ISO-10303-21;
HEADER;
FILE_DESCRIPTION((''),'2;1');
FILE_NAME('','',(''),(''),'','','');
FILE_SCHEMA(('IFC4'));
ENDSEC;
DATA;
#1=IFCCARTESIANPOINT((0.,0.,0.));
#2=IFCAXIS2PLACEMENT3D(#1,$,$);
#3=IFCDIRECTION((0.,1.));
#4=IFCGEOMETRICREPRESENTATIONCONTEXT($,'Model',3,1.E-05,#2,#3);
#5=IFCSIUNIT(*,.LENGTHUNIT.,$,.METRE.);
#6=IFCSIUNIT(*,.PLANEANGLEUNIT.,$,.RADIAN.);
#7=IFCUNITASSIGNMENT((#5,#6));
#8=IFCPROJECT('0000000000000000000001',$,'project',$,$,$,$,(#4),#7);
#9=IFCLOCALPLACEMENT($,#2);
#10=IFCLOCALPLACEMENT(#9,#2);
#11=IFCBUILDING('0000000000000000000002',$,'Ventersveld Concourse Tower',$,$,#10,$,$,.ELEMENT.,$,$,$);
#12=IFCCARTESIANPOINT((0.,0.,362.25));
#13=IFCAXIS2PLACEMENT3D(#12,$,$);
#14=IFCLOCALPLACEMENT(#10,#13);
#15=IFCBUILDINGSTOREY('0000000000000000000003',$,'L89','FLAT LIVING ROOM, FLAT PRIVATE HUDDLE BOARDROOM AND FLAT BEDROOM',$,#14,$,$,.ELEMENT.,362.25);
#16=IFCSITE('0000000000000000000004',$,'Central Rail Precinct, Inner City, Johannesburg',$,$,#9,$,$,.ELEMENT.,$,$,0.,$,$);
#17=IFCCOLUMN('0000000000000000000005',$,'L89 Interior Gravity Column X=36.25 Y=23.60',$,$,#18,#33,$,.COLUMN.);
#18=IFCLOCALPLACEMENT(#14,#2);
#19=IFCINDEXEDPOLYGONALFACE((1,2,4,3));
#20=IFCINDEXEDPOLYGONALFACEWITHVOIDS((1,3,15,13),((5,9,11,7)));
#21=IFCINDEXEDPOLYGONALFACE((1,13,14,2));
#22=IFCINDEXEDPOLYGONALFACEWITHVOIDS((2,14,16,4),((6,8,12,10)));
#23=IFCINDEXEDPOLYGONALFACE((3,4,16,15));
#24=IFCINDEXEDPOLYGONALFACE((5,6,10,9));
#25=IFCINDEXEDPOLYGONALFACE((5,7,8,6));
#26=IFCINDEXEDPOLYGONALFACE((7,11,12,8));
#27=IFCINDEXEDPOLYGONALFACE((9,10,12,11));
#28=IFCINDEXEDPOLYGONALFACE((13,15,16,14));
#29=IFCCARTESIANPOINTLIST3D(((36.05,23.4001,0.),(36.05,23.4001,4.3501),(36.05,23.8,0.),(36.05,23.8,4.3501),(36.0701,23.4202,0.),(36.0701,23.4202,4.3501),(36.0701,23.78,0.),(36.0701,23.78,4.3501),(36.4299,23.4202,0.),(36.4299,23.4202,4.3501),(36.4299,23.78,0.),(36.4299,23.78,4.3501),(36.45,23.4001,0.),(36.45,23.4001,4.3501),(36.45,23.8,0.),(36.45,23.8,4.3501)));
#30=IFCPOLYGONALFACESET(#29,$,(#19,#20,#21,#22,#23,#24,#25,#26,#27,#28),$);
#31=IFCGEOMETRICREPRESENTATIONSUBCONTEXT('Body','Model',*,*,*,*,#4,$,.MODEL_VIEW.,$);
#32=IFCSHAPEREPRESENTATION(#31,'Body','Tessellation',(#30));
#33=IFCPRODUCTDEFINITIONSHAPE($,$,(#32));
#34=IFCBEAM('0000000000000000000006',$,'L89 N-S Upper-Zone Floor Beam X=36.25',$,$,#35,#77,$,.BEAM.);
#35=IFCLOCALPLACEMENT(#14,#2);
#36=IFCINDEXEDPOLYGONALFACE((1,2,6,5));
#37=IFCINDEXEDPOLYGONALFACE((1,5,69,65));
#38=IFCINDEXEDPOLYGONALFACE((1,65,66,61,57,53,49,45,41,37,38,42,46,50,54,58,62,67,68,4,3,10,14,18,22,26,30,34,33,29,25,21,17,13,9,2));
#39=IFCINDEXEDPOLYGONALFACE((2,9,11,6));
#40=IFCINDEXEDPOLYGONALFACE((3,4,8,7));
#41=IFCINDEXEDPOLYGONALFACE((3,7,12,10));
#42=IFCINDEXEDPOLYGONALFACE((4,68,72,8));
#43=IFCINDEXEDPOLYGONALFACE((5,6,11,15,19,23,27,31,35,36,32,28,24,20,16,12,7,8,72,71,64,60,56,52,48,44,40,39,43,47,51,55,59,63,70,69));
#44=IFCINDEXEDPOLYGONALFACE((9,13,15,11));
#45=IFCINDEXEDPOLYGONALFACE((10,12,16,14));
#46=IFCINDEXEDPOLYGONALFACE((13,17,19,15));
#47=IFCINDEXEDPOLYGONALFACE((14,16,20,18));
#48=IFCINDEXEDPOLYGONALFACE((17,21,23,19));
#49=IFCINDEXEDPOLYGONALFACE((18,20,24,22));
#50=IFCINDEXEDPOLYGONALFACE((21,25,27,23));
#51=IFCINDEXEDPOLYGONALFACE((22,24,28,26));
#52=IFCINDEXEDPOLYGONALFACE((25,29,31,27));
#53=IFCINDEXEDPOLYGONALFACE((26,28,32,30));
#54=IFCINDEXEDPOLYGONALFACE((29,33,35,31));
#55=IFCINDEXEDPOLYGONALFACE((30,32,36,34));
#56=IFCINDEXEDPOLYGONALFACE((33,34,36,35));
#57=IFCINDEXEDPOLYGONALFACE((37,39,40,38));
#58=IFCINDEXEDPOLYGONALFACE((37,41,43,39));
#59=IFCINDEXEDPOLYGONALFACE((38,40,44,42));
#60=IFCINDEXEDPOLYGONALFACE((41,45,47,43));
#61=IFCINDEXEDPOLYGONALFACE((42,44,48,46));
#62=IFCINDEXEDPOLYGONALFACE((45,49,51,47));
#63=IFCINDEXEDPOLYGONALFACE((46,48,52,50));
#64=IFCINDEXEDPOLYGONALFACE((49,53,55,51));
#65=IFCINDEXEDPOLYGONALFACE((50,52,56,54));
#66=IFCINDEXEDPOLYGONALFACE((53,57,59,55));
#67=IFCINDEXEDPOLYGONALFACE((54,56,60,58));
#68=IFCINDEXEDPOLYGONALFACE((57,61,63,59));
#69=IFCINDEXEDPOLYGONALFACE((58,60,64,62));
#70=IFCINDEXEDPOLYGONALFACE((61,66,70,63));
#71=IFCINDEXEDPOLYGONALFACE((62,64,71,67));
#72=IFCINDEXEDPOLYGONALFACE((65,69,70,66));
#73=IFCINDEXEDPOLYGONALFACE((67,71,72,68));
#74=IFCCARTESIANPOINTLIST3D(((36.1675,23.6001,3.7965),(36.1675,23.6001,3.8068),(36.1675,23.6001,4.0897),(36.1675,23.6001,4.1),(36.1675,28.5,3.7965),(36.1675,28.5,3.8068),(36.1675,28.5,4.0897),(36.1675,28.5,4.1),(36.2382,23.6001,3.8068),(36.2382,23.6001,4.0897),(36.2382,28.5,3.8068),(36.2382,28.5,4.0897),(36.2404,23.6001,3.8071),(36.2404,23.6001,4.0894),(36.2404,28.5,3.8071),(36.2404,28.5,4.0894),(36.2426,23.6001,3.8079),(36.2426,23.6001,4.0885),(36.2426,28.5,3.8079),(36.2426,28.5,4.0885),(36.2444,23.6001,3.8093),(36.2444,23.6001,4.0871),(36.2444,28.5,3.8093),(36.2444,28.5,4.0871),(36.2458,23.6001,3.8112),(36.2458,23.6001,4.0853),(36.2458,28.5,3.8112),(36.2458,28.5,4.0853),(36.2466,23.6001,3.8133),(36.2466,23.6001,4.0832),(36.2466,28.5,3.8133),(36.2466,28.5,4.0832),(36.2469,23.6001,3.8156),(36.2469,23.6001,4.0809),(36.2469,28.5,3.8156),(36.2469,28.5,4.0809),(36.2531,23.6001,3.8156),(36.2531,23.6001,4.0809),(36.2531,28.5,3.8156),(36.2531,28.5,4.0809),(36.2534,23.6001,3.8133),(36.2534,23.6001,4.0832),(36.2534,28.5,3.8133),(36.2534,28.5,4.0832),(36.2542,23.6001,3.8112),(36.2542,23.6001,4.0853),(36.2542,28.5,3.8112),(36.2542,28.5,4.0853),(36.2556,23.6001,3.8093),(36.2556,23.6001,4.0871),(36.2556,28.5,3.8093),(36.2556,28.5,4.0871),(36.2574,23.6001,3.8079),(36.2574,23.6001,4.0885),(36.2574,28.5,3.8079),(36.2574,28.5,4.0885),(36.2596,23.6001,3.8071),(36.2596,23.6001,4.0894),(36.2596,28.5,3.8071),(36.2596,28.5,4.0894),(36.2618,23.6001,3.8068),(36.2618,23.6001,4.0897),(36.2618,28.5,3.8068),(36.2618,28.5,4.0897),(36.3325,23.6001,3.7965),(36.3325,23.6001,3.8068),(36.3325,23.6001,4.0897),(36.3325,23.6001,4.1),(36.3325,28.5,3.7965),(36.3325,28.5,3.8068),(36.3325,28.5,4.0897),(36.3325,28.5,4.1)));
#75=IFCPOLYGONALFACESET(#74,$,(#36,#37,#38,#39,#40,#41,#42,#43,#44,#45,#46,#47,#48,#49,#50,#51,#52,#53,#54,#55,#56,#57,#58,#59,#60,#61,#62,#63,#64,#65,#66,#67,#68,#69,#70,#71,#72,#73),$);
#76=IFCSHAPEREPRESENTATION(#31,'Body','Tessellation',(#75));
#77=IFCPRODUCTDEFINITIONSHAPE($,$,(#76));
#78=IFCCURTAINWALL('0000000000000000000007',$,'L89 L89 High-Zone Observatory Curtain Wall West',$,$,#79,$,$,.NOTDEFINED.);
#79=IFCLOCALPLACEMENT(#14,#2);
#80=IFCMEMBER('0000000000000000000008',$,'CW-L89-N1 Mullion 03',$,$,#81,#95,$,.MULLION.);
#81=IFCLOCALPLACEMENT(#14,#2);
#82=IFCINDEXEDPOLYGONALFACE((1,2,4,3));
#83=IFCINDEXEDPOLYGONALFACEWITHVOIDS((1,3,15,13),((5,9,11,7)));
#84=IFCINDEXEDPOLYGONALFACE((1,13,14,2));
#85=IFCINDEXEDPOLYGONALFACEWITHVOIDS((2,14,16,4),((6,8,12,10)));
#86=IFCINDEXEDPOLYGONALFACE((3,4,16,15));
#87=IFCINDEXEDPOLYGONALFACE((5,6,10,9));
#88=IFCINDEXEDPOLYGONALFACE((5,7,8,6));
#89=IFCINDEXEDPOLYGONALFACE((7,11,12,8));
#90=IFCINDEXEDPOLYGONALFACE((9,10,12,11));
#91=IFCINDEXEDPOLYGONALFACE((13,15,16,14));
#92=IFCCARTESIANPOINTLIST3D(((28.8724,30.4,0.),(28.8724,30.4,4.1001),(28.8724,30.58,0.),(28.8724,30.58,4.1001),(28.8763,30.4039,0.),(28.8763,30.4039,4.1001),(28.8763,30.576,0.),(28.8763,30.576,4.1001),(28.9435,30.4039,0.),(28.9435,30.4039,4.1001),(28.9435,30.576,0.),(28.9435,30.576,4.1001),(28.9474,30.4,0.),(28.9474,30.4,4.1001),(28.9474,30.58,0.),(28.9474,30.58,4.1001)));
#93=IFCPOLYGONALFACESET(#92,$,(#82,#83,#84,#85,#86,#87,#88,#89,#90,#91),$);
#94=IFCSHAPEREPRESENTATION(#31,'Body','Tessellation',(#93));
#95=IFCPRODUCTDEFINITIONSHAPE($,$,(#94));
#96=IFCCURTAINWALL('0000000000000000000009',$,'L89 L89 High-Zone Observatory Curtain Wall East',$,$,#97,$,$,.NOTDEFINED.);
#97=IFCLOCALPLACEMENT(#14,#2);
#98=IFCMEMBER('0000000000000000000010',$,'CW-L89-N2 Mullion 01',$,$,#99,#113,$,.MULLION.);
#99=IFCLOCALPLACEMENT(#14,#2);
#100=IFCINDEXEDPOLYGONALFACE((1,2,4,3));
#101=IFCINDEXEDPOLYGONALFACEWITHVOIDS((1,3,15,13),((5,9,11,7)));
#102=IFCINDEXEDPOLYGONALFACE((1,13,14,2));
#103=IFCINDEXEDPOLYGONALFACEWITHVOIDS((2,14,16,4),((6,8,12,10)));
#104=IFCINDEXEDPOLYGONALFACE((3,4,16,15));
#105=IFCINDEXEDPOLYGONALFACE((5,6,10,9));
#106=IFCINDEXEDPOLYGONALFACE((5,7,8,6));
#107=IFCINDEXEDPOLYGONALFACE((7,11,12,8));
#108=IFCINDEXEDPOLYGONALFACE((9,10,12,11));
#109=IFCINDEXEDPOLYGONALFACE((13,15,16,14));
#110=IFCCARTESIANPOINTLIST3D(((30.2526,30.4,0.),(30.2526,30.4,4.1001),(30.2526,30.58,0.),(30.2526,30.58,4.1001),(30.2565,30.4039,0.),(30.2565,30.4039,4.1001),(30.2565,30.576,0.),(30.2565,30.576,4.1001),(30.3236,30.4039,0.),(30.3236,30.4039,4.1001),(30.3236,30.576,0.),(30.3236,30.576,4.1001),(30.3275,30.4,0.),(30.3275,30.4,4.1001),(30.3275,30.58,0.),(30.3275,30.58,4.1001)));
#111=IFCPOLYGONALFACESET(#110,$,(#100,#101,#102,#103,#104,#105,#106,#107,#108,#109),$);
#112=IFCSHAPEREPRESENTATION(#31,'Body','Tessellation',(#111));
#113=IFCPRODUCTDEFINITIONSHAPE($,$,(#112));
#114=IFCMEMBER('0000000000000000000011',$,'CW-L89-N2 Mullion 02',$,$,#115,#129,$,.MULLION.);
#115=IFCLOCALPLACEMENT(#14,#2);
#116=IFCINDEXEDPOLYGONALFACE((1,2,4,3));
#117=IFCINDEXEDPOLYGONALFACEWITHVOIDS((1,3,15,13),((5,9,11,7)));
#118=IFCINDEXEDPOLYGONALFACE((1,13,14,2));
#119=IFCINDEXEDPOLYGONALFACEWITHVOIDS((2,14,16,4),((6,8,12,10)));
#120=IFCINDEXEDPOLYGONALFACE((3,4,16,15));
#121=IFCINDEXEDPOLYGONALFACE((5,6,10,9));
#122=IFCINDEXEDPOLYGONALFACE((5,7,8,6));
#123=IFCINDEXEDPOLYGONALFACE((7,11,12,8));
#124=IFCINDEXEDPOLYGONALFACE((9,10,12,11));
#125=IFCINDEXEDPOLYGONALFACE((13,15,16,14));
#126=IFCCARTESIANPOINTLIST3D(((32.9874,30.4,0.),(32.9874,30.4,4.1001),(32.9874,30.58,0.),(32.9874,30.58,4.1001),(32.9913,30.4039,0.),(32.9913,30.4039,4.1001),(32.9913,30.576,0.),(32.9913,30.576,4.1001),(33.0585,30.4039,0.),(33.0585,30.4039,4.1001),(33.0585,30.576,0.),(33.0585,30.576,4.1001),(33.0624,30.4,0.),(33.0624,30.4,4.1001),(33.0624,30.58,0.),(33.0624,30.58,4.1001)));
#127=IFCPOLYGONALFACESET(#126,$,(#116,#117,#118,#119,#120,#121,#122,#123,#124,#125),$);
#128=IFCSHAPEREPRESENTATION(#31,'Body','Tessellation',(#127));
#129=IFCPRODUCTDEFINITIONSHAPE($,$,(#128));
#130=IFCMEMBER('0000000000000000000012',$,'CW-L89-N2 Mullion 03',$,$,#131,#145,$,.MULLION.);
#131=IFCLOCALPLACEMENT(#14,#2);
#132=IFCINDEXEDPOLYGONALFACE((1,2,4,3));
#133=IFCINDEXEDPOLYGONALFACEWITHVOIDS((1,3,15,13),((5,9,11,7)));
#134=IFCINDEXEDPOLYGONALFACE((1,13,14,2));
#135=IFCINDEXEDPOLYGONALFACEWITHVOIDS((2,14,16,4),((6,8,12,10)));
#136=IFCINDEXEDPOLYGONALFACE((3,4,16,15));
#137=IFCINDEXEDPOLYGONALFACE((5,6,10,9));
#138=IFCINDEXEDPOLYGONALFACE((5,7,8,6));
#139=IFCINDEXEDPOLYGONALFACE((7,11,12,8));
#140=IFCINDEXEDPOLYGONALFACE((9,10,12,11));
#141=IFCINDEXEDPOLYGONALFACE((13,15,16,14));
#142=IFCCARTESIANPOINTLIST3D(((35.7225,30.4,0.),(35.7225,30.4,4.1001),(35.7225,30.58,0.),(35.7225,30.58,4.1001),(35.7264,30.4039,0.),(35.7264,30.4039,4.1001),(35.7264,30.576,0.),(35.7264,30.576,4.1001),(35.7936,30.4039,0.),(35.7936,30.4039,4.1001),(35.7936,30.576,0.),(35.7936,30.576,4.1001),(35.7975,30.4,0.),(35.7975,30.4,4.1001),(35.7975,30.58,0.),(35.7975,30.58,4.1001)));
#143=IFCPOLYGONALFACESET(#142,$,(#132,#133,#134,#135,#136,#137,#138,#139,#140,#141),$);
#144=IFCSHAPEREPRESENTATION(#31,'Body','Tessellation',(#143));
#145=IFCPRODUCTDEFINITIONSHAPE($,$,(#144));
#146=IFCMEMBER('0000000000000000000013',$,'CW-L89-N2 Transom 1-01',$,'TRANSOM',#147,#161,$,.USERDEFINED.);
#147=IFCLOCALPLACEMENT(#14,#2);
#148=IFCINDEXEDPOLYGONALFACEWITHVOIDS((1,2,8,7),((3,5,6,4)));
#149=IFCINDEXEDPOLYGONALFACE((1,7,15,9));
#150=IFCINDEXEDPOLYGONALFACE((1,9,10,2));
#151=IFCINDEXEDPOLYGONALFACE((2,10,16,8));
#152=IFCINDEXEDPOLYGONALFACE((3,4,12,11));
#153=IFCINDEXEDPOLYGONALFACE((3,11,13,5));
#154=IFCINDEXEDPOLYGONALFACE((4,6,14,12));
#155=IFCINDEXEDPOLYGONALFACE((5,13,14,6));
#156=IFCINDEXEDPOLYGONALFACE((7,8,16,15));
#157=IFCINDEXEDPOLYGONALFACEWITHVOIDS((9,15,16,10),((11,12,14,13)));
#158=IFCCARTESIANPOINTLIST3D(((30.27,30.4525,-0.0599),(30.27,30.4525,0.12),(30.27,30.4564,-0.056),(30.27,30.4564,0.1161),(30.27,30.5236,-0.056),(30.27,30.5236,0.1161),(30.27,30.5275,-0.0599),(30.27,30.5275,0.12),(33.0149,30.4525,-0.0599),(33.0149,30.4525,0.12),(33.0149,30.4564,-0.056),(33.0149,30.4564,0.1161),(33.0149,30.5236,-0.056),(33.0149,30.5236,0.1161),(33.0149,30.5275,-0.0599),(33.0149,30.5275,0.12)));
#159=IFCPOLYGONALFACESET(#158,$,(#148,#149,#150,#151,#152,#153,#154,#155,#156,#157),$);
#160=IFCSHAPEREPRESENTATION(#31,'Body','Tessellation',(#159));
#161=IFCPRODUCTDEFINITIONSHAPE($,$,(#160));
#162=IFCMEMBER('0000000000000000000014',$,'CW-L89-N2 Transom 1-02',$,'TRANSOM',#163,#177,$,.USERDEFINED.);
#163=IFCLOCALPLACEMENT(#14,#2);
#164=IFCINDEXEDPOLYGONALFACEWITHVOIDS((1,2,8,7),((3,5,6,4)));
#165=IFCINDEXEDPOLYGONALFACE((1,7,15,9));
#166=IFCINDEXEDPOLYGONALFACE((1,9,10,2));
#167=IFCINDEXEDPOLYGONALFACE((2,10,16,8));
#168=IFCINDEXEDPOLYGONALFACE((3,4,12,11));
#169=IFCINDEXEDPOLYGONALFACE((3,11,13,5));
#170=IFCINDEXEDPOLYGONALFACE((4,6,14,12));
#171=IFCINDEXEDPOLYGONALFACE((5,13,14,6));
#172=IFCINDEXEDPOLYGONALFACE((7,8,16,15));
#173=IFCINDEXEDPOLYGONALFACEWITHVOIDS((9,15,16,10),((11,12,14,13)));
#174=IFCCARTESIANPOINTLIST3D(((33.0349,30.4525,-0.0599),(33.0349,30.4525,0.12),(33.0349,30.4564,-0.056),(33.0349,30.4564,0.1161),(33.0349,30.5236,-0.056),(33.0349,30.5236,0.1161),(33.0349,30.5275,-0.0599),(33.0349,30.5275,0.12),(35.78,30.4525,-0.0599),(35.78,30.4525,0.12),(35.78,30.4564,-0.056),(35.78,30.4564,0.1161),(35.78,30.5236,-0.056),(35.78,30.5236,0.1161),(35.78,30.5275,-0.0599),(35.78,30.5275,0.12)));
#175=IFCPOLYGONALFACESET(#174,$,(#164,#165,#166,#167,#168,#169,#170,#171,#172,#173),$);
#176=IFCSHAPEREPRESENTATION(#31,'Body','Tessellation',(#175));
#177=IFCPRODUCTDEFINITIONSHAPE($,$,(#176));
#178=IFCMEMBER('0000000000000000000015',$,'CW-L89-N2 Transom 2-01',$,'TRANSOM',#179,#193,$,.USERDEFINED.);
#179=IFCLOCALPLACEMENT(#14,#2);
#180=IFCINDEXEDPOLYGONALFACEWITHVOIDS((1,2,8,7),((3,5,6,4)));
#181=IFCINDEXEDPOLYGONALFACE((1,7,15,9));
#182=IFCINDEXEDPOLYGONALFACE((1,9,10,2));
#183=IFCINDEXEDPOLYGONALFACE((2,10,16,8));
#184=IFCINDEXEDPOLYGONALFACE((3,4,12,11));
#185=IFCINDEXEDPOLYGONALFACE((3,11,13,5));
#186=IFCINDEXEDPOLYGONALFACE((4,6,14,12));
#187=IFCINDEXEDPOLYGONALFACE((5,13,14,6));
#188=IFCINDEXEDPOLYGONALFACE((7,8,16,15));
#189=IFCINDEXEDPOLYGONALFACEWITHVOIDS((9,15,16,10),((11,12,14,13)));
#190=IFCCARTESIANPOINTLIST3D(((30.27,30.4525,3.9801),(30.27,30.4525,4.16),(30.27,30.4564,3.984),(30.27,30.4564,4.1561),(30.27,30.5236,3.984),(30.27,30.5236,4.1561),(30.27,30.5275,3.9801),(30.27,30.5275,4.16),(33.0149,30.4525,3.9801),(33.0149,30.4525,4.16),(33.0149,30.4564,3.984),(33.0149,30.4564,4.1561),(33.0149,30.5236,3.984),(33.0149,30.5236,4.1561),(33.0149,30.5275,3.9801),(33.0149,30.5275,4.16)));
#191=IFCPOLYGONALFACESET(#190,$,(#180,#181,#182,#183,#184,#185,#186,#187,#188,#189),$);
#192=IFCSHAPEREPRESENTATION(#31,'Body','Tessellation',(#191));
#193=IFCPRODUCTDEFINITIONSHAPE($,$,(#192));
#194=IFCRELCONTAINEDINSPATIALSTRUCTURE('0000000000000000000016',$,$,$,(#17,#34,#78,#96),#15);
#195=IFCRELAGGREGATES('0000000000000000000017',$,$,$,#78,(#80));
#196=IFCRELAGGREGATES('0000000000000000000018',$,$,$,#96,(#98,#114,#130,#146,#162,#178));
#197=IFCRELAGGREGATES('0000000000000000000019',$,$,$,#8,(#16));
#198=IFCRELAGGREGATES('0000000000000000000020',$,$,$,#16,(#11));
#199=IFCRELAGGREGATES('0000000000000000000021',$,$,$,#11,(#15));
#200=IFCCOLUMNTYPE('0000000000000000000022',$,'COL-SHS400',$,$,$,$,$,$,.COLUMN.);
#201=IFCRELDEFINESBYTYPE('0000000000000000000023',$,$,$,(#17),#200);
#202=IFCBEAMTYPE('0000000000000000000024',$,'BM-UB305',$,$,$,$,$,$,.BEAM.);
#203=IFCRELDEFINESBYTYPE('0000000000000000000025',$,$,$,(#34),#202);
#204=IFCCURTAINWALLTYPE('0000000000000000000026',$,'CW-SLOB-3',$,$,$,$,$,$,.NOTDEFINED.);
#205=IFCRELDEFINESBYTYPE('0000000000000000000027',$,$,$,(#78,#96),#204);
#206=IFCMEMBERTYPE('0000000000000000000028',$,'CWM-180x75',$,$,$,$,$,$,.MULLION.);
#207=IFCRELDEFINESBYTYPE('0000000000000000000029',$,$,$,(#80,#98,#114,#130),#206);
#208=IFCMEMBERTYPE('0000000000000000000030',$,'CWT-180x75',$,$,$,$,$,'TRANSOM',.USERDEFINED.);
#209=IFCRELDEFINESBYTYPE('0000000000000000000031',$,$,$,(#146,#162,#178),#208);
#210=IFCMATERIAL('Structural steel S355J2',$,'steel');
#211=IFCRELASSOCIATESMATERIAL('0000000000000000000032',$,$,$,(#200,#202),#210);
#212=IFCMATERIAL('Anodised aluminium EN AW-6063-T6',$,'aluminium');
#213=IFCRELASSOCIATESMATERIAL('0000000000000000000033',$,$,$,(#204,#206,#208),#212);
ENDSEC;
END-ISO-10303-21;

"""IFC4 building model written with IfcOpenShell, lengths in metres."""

from ifc_helpers import new_model, si_unit, direction, frame, origin, origin_2d, place, context, subcontext, project, spatial, hollow_rectangle, i_section, extrude, material, material_profile, profile_set, type_object, element, aggregate, save


model = new_model("IFC4")

# Units and contexts
model_context = context("Model", 3, precision=1e-05, world=origin(), true_north=direction((0.0, 1.0)))
body_context = subcontext(model_context, "Body", "Model", "MODEL_VIEW")
ifc_project = project(units=[si_unit("LENGTHUNIT", "METRE"), si_unit("PLANEANGLEUNIT", "RADIAN")], contexts=[model_context])

# Site, building, storey
site_placement = place(None, origin())
site = spatial("IfcSite", under=ifc_project, at=site_placement, Name="Central Rail Precinct, Inner City, Johannesburg", CompositionType="ELEMENT", RefElevation=0.0)
building_placement = place(site_placement, origin())
building = spatial("IfcBuilding", under=site, at=building_placement, Name="Ventersveld Concourse Tower", CompositionType="ELEMENT")
storey_placement = place(building_placement, frame((0.0, 0.0, 362.25)))
storey = spatial("IfcBuildingStorey", under=building, at=storey_placement, Name="L89", Description="FLAT LIVING ROOM, FLAT PRIVATE HUDDLE BOARDROOM AND FLAT BEDROOM", CompositionType="ELEMENT", Elevation=362.25)

# Column
ifc_material_1 = material(Name="Structural steel S355J2", Category="steel")
ifc_material_profile_1 = material_profile(ifc_material_1, hollow_rectangle(XDim=0.3999, YDim=0.3999, WallThickness=0.02, at=origin_2d()), Name="SHS 400x400x20")
ifc_profile_set_1 = profile_set([ifc_material_profile_1], Name="Structural steel S355J2")
column_type = type_object("IfcColumnType", Name="COL-SHS400", PredefinedType="COLUMN", material=ifc_profile_set_1)
column_placement = place(storey_placement, frame((36.25, 23.6001, 0.0), z_axis=(0.0, 0.0, 1.0), x_axis=(1.0, 0.0, 0.0)))
element("IfcColumn", 1, at=column_placement, inside=storey, type_object=column_type, Name="L89 Interior Gravity Column X=36.25 Y=23.60", PredefinedType="COLUMN", context=body_context, shape_type="SweptSolid", body=[
    extrude(hollow_rectangle(XDim=0.3999, YDim=0.3999, WallThickness=0.02, at=origin_2d()), origin(), (0.0, 0.0, 1.0), 4.3501),
])

# Beam
ifc_material_profile_2 = material_profile(ifc_material_1, i_section(OverallWidth=0.165, OverallDepth=0.3035, WebThickness=0.0061, FlangeThickness=0.0103, FilletRadius=0.0088, at=origin_2d()), Name="UB 305x165x40")
ifc_profile_set_2 = profile_set([ifc_material_profile_2], Name="Structural steel S355J2")
beam_type_1 = type_object("IfcBeamType", Name="BM-UB305", PredefinedType="BEAM", material=ifc_profile_set_2)
beam_1_placement = place(storey_placement, frame((36.25, 23.6001, 3.9482), z_axis=(0.0, 1.0, 0.0), x_axis=(-1.0, 0.0, 0.0)))
element("IfcBeam", 2, at=beam_1_placement, inside=storey, type_object=beam_type_1, Name="L89 N-S Upper-Zone Floor Beam X=36.25", PredefinedType="BEAM", context=body_context, shape_type="SweptSolid", body=[
    extrude(i_section(OverallWidth=0.165, OverallDepth=0.3035, WebThickness=0.0061, FlangeThickness=0.0103, FilletRadius=0.0088, at=origin_2d()), origin(), (0.0, 0.0, 1.0), 4.8999),
])

# Curtain wall, member
ifc_material_2 = material(Name="Anodised aluminium EN AW-6063-T6", Category="aluminium")
curtain_wall_type = type_object("IfcCurtainWallType", Name="CW-SLOB-3", PredefinedType="NOTDEFINED", material=ifc_material_2)
curtain_wall_1_placement = place(storey_placement, origin())
curtain_wall_1 = element("IfcCurtainWall", 3, at=curtain_wall_1_placement, inside=storey, type_object=curtain_wall_type, Name="L89 L89 High-Zone Observatory Curtain Wall West", PredefinedType="NOTDEFINED")
ifc_material_profile_3 = material_profile(ifc_material_2, hollow_rectangle(XDim=0.075, YDim=0.1799, WallThickness=0.0039, at=origin_2d()), Name="ALU 180x75x4")
ifc_profile_set_3 = profile_set([ifc_material_profile_3], Name="Anodised aluminium EN AW-6063-T6")
member_type_1 = type_object("IfcMemberType", Name="CWM-180x75", PredefinedType="MULLION", material=ifc_profile_set_3)
member_1_placement = place(storey_placement, frame((28.9099, 30.49, 0.0), z_axis=(0.0, 0.0, 1.0), x_axis=(1.0, 0.0, 0.0)))
member_1 = element("IfcMember", 4, at=member_1_placement, type_object=member_type_1, Name="CW-L89-N1 Mullion 03", PredefinedType="MULLION", context=body_context, shape_type="SweptSolid", body=[
    extrude(hollow_rectangle(XDim=0.075, YDim=0.1799, WallThickness=0.0039, at=origin_2d()), origin(), (0.0, 0.0, 1.0), 4.1001),
])

# Curtain wall, members
curtain_wall_2_placement = place(storey_placement, origin())
curtain_wall_2 = element("IfcCurtainWall", 5, at=curtain_wall_2_placement, inside=storey, type_object=curtain_wall_type, Name="L89 L89 High-Zone Observatory Curtain Wall East", PredefinedType="NOTDEFINED")
member_2_placement = place(storey_placement, frame((30.29, 30.49, 0.0), z_axis=(0.0, 0.0, 1.0), x_axis=(1.0, 0.0, 0.0)))
member_2 = element("IfcMember", 6, at=member_2_placement, type_object=member_type_1, Name="CW-L89-N2 Mullion 01", PredefinedType="MULLION", context=body_context, shape_type="SweptSolid", body=[
    extrude(hollow_rectangle(XDim=0.075, YDim=0.1799, WallThickness=0.0039, at=origin_2d()), origin(), (0.0, 0.0, 1.0), 4.1001),
])
member_3_placement = place(storey_placement, frame((33.0249, 30.49, 0.0), z_axis=(0.0, 0.0, 1.0), x_axis=(1.0, 0.0, 0.0)))
member_3 = element("IfcMember", 7, at=member_3_placement, type_object=member_type_1, Name="CW-L89-N2 Mullion 02", PredefinedType="MULLION", context=body_context, shape_type="SweptSolid", body=[
    extrude(hollow_rectangle(XDim=0.075, YDim=0.1799, WallThickness=0.0039, at=origin_2d()), origin(), (0.0, 0.0, 1.0), 4.1001),
])
member_4_placement = place(storey_placement, frame((35.76, 30.49, 0.0), z_axis=(0.0, 0.0, 1.0), x_axis=(1.0, 0.0, 0.0)))
member_4 = element("IfcMember", 8, at=member_4_placement, type_object=member_type_1, Name="CW-L89-N2 Mullion 03", PredefinedType="MULLION", context=body_context, shape_type="SweptSolid", body=[
    extrude(hollow_rectangle(XDim=0.075, YDim=0.1799, WallThickness=0.0039, at=origin_2d()), origin(), (0.0, 0.0, 1.0), 4.1001),
])
ifc_material_profile_4 = material_profile(ifc_material_2, hollow_rectangle(XDim=0.075, YDim=0.1799, WallThickness=0.0039, at=origin_2d()), Name="ALU 180x75x4")
ifc_profile_set_4 = profile_set([ifc_material_profile_4], Name="Anodised aluminium EN AW-6063-T6")
member_type_2 = type_object("IfcMemberType", Name="CWT-180x75", ElementType="TRANSOM", PredefinedType="USERDEFINED", material=ifc_profile_set_4)
member_5_placement = place(storey_placement, frame((30.27, 30.49, 0.03), z_axis=(1.0, 0.0, 0.0), x_axis=(0.0, 1.0, 0.0)))
member_5 = element("IfcMember", 9, at=member_5_placement, type_object=member_type_2, Name="CW-L89-N2 Transom 1-01", ObjectType="TRANSOM", PredefinedType="USERDEFINED", context=body_context, shape_type="SweptSolid", body=[
    extrude(hollow_rectangle(XDim=0.075, YDim=0.1799, WallThickness=0.0039, at=origin_2d()), origin(), (0.0, 0.0, 1.0), 2.7449),
])
member_6_placement = place(storey_placement, frame((33.0349, 30.49, 0.03), z_axis=(1.0, 0.0, 0.0), x_axis=(0.0, 1.0, 0.0)))
member_6 = element("IfcMember", 10, at=member_6_placement, type_object=member_type_2, Name="CW-L89-N2 Transom 1-02", ObjectType="TRANSOM", PredefinedType="USERDEFINED", context=body_context, shape_type="SweptSolid", body=[
    extrude(hollow_rectangle(XDim=0.075, YDim=0.1799, WallThickness=0.0039, at=origin_2d()), origin(), (0.0, 0.0, 1.0), 2.7451),
])
member_7_placement = place(storey_placement, frame((30.27, 30.49, 4.0701), z_axis=(1.0, 0.0, 0.0), x_axis=(0.0, 1.0, 0.0)))
member_7 = element("IfcMember", 11, at=member_7_placement, type_object=member_type_2, Name="CW-L89-N2 Transom 2-01", ObjectType="TRANSOM", PredefinedType="USERDEFINED", context=body_context, shape_type="SweptSolid", body=[
    extrude(hollow_rectangle(XDim=0.075, YDim=0.1799, WallThickness=0.0039, at=origin_2d()), origin(), (0.0, 0.0, 1.0), 2.7449),
])

aggregate(curtain_wall_1, [member_1])
aggregate(curtain_wall_2, [member_2, member_3, member_4, member_5, member_6, member_7])

save(model, "model.ifc")
